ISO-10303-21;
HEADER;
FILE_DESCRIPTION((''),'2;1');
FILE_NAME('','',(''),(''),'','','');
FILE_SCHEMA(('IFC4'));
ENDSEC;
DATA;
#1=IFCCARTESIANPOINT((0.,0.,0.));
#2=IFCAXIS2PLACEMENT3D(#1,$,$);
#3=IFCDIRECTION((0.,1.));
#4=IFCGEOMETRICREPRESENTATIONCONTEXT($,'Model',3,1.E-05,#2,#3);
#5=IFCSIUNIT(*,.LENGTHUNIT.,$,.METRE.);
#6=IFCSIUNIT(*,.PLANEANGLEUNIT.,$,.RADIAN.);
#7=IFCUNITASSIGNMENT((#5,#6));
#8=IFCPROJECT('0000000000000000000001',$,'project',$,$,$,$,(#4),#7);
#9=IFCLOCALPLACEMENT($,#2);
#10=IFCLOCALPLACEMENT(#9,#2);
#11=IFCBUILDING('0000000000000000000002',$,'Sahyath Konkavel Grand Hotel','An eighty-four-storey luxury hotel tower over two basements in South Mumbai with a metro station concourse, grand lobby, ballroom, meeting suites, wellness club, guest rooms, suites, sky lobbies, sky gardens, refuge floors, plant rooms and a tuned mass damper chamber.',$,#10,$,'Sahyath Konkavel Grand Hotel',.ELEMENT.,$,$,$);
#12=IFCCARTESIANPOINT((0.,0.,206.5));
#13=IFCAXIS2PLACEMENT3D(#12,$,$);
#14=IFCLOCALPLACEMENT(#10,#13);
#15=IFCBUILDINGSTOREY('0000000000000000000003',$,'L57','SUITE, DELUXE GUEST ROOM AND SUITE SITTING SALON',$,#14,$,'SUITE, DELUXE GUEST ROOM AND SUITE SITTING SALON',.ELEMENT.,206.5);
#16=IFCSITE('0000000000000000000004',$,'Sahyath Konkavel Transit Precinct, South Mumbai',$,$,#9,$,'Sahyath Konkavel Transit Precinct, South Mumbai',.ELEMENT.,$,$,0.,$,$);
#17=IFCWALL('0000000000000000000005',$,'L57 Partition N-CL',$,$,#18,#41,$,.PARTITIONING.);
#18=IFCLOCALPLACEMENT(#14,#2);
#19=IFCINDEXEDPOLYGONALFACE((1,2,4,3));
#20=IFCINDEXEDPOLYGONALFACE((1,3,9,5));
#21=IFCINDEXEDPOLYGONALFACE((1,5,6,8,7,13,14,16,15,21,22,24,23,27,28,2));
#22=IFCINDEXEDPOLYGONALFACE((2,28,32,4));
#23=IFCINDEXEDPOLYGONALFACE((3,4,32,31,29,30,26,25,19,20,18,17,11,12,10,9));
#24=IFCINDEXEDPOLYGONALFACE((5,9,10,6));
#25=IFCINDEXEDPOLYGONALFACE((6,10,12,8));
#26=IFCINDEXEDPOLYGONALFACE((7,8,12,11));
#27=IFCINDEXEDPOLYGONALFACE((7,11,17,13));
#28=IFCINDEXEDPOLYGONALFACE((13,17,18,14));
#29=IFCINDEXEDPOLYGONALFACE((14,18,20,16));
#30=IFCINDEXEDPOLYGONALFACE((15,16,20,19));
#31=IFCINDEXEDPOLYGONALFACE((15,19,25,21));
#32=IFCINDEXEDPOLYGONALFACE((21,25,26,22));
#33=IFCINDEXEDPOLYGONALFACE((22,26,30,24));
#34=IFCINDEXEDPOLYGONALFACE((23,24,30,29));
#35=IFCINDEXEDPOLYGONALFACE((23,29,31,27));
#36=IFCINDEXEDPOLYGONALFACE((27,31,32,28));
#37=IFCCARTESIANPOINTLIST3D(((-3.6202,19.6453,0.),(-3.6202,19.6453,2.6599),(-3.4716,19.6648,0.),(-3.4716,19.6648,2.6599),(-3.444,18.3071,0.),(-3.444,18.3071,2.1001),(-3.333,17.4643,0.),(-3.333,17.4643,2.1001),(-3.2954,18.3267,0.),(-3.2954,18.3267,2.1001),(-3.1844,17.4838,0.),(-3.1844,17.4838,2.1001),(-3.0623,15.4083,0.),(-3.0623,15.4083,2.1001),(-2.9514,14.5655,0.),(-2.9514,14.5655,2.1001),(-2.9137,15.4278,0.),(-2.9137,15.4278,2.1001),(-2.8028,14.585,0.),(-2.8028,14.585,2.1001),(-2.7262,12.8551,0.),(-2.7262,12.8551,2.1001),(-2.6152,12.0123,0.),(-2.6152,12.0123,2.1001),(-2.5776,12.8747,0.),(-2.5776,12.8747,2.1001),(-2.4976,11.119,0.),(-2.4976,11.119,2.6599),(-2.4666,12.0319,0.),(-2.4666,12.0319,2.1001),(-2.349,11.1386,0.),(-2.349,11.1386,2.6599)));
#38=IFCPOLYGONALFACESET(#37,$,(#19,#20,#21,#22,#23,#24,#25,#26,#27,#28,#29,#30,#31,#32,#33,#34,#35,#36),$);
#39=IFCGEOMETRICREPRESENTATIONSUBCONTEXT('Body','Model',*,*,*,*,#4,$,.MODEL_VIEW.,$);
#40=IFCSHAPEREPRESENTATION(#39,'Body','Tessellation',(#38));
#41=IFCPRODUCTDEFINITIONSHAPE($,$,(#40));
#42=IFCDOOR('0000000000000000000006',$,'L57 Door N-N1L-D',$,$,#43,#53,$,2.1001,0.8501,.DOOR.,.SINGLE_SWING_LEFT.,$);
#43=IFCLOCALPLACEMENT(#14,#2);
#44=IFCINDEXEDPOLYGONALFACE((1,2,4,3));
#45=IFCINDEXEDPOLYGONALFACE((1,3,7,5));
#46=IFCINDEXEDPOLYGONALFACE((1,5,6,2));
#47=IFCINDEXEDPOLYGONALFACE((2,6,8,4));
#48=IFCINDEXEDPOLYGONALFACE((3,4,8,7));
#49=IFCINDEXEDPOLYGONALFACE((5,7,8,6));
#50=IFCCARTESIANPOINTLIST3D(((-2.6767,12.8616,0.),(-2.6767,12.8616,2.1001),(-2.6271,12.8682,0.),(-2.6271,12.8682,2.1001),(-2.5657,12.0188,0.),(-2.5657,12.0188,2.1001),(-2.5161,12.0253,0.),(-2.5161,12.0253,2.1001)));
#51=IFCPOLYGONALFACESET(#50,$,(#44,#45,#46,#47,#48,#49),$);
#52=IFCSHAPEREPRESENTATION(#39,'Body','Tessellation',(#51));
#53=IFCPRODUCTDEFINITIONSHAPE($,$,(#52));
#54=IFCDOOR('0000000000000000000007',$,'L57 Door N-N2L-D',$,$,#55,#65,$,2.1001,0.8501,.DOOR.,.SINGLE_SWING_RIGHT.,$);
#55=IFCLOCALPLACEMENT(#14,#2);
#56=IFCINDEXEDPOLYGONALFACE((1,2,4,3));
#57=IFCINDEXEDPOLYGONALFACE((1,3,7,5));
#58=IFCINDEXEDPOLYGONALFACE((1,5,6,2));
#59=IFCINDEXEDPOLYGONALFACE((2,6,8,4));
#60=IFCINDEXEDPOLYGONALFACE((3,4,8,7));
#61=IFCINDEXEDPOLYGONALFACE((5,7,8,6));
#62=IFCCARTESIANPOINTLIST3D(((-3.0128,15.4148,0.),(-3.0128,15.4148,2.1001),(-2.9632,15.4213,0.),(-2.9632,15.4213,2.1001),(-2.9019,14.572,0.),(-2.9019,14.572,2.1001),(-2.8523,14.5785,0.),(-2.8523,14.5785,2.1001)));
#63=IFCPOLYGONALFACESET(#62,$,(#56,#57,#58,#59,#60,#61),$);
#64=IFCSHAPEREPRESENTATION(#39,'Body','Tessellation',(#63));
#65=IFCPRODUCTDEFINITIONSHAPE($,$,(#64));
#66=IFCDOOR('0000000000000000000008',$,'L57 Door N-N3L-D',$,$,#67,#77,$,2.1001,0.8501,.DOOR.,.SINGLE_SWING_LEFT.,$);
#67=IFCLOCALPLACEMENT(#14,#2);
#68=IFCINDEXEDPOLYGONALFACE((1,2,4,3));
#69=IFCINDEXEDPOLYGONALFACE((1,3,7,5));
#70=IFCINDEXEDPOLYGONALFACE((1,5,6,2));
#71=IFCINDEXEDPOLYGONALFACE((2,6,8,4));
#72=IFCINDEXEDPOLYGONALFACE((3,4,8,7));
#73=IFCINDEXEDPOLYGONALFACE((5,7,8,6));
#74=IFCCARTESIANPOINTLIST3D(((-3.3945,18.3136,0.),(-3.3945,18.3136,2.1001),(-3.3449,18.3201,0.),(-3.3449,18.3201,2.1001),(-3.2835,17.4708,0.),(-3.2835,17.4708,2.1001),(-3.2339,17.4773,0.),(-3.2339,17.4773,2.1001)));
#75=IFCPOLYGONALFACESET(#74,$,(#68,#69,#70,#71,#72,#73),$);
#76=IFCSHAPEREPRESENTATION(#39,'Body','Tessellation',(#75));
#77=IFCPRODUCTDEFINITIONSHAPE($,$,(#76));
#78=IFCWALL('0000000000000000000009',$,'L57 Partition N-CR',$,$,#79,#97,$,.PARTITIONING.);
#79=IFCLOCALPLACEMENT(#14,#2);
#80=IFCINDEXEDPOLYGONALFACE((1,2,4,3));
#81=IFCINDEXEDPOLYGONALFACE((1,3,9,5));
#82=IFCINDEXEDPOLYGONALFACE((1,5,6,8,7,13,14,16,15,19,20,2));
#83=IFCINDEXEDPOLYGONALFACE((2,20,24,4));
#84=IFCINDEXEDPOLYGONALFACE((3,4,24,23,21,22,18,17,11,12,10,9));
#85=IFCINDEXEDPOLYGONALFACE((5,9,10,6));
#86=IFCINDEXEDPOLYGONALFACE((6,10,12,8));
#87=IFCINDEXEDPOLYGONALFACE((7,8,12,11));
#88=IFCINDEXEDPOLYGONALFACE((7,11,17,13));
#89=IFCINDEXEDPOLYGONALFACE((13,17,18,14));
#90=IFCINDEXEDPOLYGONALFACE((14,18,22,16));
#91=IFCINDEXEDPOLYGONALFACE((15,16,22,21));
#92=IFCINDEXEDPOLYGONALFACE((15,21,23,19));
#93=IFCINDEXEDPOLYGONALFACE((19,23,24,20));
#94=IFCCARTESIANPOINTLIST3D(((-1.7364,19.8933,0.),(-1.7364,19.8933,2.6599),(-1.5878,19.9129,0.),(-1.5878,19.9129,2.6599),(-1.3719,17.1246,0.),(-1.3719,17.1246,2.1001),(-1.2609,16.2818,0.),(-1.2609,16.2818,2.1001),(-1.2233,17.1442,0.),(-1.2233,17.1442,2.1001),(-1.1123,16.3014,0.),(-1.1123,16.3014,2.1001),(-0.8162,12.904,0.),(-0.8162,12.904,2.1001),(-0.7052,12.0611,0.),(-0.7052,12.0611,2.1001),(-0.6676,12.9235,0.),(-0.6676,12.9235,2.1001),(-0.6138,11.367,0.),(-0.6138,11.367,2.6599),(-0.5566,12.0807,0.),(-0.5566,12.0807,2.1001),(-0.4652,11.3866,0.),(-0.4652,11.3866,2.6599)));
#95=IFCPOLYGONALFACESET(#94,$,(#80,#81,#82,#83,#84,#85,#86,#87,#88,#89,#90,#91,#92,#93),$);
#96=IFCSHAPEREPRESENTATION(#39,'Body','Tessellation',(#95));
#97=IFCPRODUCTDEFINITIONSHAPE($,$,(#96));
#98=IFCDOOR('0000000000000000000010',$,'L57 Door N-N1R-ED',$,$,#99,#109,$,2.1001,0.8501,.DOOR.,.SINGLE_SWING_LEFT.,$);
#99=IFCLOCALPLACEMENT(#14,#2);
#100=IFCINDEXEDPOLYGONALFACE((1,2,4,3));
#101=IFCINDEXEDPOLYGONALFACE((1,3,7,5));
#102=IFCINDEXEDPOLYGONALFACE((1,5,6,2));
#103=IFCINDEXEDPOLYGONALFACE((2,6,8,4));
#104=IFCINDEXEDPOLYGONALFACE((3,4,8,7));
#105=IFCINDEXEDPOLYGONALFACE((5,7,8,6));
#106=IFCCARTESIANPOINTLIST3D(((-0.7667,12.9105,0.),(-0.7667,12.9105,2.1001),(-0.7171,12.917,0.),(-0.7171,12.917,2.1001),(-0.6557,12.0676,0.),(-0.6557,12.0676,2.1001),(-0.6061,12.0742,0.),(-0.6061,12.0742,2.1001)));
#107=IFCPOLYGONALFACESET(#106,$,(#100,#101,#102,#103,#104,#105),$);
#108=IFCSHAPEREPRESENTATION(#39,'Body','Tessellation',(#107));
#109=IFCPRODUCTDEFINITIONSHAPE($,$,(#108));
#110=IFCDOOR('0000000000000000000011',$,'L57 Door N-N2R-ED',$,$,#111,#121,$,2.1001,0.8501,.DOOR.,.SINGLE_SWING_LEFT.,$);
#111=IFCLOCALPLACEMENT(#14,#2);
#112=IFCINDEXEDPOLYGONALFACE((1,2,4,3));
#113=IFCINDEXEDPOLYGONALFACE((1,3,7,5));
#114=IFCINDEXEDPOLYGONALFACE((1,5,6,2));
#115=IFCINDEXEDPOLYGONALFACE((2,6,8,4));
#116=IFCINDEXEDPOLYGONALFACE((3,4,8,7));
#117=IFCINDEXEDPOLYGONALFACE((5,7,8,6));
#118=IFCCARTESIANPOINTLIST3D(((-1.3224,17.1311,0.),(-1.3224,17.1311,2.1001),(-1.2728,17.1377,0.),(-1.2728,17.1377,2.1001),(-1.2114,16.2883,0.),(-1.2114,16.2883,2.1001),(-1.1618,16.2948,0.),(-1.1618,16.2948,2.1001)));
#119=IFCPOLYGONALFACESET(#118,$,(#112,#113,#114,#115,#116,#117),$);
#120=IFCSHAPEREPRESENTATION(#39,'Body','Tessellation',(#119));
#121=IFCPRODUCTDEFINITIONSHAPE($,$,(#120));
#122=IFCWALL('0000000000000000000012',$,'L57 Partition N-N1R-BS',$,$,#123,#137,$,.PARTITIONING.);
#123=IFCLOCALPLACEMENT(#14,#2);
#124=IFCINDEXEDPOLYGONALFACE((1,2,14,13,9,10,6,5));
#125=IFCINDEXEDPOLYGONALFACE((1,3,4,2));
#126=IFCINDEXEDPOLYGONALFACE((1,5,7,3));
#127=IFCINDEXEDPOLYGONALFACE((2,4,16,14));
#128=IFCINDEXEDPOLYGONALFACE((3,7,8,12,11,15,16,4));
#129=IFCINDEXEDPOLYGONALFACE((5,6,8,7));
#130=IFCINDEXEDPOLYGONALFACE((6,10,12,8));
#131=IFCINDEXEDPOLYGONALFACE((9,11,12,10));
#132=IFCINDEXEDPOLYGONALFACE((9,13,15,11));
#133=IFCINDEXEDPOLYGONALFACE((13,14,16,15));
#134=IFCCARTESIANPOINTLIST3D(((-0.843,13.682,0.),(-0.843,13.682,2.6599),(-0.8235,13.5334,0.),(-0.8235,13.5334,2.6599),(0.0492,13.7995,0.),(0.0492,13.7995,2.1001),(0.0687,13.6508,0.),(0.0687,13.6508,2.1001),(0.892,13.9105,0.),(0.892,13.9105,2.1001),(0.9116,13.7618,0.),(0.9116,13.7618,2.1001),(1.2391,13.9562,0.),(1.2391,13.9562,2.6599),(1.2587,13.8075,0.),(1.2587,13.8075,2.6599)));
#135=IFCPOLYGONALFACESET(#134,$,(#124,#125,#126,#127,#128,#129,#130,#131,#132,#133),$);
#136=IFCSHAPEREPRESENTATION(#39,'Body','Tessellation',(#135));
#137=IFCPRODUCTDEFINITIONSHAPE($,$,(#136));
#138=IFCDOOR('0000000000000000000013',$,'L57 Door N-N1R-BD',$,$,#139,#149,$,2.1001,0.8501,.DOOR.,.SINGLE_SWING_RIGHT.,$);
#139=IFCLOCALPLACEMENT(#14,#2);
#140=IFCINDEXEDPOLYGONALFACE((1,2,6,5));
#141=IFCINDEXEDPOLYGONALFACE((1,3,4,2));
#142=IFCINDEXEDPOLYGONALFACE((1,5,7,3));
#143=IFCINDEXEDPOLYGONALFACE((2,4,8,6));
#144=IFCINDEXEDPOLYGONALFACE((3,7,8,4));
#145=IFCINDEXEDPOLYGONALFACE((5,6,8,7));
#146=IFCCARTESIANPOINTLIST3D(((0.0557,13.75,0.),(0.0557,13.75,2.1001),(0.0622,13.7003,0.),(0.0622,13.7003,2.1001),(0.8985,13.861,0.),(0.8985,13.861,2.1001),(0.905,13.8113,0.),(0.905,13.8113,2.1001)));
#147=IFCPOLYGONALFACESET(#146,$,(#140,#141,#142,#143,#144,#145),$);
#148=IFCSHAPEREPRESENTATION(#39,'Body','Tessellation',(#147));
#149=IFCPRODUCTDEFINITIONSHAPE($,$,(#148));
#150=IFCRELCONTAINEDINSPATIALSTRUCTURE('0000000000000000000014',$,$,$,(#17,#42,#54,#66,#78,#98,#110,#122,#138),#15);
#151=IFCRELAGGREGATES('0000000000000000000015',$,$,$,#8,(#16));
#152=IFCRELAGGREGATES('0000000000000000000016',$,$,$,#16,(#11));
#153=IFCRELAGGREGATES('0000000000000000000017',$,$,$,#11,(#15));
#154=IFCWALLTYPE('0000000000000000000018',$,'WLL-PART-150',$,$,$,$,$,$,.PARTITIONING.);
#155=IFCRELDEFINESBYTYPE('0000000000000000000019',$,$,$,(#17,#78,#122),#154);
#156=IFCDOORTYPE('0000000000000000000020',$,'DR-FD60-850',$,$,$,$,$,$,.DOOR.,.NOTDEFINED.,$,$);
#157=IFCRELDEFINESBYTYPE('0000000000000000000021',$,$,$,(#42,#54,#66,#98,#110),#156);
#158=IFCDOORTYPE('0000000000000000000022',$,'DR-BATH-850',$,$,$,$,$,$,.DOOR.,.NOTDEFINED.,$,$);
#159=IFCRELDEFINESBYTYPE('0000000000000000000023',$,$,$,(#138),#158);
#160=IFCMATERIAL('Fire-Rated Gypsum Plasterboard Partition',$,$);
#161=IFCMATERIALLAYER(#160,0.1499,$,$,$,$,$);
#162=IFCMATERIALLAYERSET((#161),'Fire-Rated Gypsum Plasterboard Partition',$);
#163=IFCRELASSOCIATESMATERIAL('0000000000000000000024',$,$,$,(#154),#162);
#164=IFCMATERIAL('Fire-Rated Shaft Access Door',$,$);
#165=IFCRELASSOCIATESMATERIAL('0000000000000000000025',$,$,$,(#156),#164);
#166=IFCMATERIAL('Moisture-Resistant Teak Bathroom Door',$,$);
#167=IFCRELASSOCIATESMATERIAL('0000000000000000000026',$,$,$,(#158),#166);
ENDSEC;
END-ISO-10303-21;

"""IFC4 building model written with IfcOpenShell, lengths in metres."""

from ifc_helpers import new_model, si_unit, direction, frame, frame_2d, origin, origin_2d, place, context, subcontext, project, spatial, rectangle, extrude, source, transform, mapped, material, layer, layer_set, type_object, element, fill, save


model = new_model("IFC4")

# Units and contexts
model_context = context("Model", 3, precision=1e-05, world=origin(), true_north=direction((0.0, 1.0)))
body_context = subcontext(model_context, "Body", "Model", "MODEL_VIEW")
ifc_project = project(units=[si_unit("LENGTHUNIT", "METRE"), si_unit("PLANEANGLEUNIT", "RADIAN")], contexts=[model_context])

# Site, building, storey
site_placement = place(None, origin())
site = spatial("IfcSite", under=ifc_project, at=site_placement, Name="Sahyath Konkavel Transit Precinct, South Mumbai", LongName="Sahyath Konkavel Transit Precinct, South Mumbai", CompositionType="ELEMENT", RefElevation=0.0)
building_placement = place(site_placement, origin())
building = spatial("IfcBuilding", under=site, at=building_placement, Name="Sahyath Konkavel Grand Hotel", Description="An eighty-four-storey luxury hotel tower over two basements in South Mumbai with a metro station concourse, grand lobby, ballroom, meeting suites, wellness club, guest rooms, suites, sky lobbies, sky gardens, refuge floors, plant rooms and a tuned mass damper chamber.", LongName="Sahyath Konkavel Grand Hotel", CompositionType="ELEMENT")
storey_placement = place(building_placement, frame((0.0, 0.0, 206.5)))
storey = spatial("IfcBuildingStorey", under=building, at=storey_placement, Name="L57", Description="SUITE, DELUXE GUEST ROOM AND SUITE SITTING SALON", LongName="SUITE, DELUXE GUEST ROOM AND SUITE SITTING SALON", CompositionType="ELEMENT", Elevation=206.5)

# Walls, openings, doors
ifc_material_1 = material(Name="Fire-Rated Gypsum Plasterboard Partition")
ifc_layer_1 = layer(ifc_material_1, 0.1499)
ifc_layer_set_1 = layer_set([ifc_layer_1], Name="Fire-Rated Gypsum Plasterboard Partition")
wall_type_1 = type_object("IfcWallType", Name="WLL-PART-150", PredefinedType="PARTITIONING", material=ifc_layer_set_1)
wall_1_placement = place(storey_placement, frame((-2.4233, 11.1289, 0.0), z_axis=(0.0, 0.0, 1.0), x_axis=(-0.130531, 0.991444, 0.0)))
wall_1 = element("IfcWall", 1, at=wall_1_placement, inside=storey, type_object=wall_type_1, Name="L57 Partition N-CL", PredefinedType="PARTITIONING", context=body_context, shape_type="SweptSolid", body=[
    extrude(rectangle(XDim=8.5999, YDim=0.1499, at=frame_2d((4.2998, 0.0))), origin(), (0.0, 0.0, 1.0), 2.6599),
])
opening_1_placement = place(wall_1_placement, frame((0.9009, 0.0, 0.0)))
opening_1 = element("IfcOpeningElement", 2, at=opening_1_placement, cuts=wall_1, PredefinedType="OPENING", context=body_context, shape_type="SweptSolid", body=[
    extrude(rectangle(XDim=0.8501, YDim=2.1001, at=frame_2d((0.425, 1.05))), frame((0.0, 0.085, 0.0), z_axis=(0.0, -1.0, 0.0), x_axis=(1.0, 0.0, 0.0)), (0.0, 0.0, 1.0), 0.1699),
])
opening_2_placement = place(wall_1_placement, frame((3.4761, 0.0, 0.0)))
opening_2 = element("IfcOpeningElement", 3, at=opening_2_placement, cuts=wall_1, PredefinedType="OPENING", context=body_context, shape_type="SweptSolid", body=[
    extrude(rectangle(XDim=0.8501, YDim=2.1001, at=frame_2d((0.425, 1.05))), frame((0.0, 0.085, 0.0), z_axis=(0.0, -1.0, 0.0), x_axis=(1.0, 0.0, 0.0)), (0.0, 0.0, 1.0), 0.1699),
])
opening_3_placement = place(wall_1_placement, frame((6.3999, 0.0, 0.0)))
opening_3 = element("IfcOpeningElement", 4, at=opening_3_placement, cuts=wall_1, PredefinedType="OPENING", context=body_context, shape_type="SweptSolid", body=[
    extrude(rectangle(XDim=0.8501, YDim=2.1001, at=frame_2d((0.425, 1.05))), frame((0.0, 0.085, 0.0), z_axis=(0.0, -1.0, 0.0), x_axis=(1.0, 0.0, 0.0)), (0.0, 0.0, 1.0), 0.1699),
])
ifc_material_2 = material(Name="Fire-Rated Shaft Access Door")
door_type_1 = type_object("IfcDoorType", Name="DR-FD60-850", OperationType="NOTDEFINED", PredefinedType="DOOR", material=ifc_material_2)
shared_shape_1 = source(origin(), body_context, "Body", "SweptSolid", [
    extrude(rectangle(XDim=0.8501, YDim=0.05, at=origin_2d()), origin(), (0.0, 0.0, 1.0), 2.1001),
])
door_1_placement = place(opening_1_placement, frame((0.425, 0.0, 0.0)))
door_1 = element("IfcDoor", 5, at=door_1_placement, inside=storey, type_object=door_type_1, Name="L57 Door N-N1L-D", OperationType="SINGLE_SWING_LEFT", OverallHeight=2.1001, OverallWidth=0.8501, PredefinedType="DOOR", context=body_context, shape_type="MappedRepresentation", body=[
    mapped(shared_shape_1, transform((0.0, 0.0, 0.0), scale=1.0)),
])
fill(opening_1, door_1)
door_2_placement = place(opening_2_placement, frame((0.425, 0.0, 0.0)))
door_2 = element("IfcDoor", 6, at=door_2_placement, inside=storey, type_object=door_type_1, Name="L57 Door N-N2L-D", OperationType="SINGLE_SWING_RIGHT", OverallHeight=2.1001, OverallWidth=0.8501, PredefinedType="DOOR", context=body_context, shape_type="MappedRepresentation", body=[
    mapped(shared_shape_1, transform((0.0, 0.0, 0.0), scale=1.0)),
])
fill(opening_2, door_2)
door_3_placement = place(opening_3_placement, frame((0.425, 0.0, 0.0)))
door_3 = element("IfcDoor", 7, at=door_3_placement, inside=storey, type_object=door_type_1, Name="L57 Door N-N3L-D", OperationType="SINGLE_SWING_LEFT", OverallHeight=2.1001, OverallWidth=0.8501, PredefinedType="DOOR", context=body_context, shape_type="MappedRepresentation", body=[
    mapped(shared_shape_1, transform((0.0, 0.0, 0.0), scale=1.0)),
])
fill(opening_3, door_3)
wall_2_placement = place(storey_placement, frame((-0.5396, 11.377, 0.0), z_axis=(0.0, 0.0, 1.0), x_axis=(-0.130531, 0.991444, 0.0)))
wall_2 = element("IfcWall", 8, at=wall_2_placement, inside=storey, type_object=wall_type_1, Name="L57 Partition N-CR", PredefinedType="PARTITIONING", context=body_context, shape_type="SweptSolid", body=[
    extrude(rectangle(XDim=8.5999, YDim=0.1499, at=frame_2d((4.2998, 0.0))), origin(), (0.0, 0.0, 1.0), 2.6599),
])
opening_4_placement = place(wall_2_placement, frame((0.7, 0.0, 0.0)))
opening_4 = element("IfcOpeningElement", 9, at=opening_4_placement, cuts=wall_2, PredefinedType="OPENING", context=body_context, shape_type="SweptSolid", body=[
    extrude(rectangle(XDim=0.8501, YDim=2.1001, at=frame_2d((0.425, 1.05))), frame((0.0, 0.085, 0.0), z_axis=(0.0, -1.0, 0.0), x_axis=(1.0, 0.0, 0.0)), (0.0, 0.0, 1.0), 0.1699),
])
opening_5_placement = place(wall_2_placement, frame((4.957, 0.0, 0.0)))
opening_5 = element("IfcOpeningElement", 10, at=opening_5_placement, cuts=wall_2, PredefinedType="OPENING", context=body_context, shape_type="SweptSolid", body=[
    extrude(rectangle(XDim=0.8501, YDim=2.1001, at=frame_2d((0.425, 1.05))), frame((0.0, 0.085, 0.0), z_axis=(0.0, -1.0, 0.0), x_axis=(1.0, 0.0, 0.0)), (0.0, 0.0, 1.0), 0.1699),
])
door_4_placement = place(opening_4_placement, frame((0.425, 0.0, 0.0)))
door_4 = element("IfcDoor", 11, at=door_4_placement, inside=storey, type_object=door_type_1, Name="L57 Door N-N1R-ED", OperationType="SINGLE_SWING_LEFT", OverallHeight=2.1001, OverallWidth=0.8501, PredefinedType="DOOR", context=body_context, shape_type="MappedRepresentation", body=[
    mapped(shared_shape_1, transform((0.0, 0.0, 0.0), scale=1.0)),
])
fill(opening_4, door_4)
door_5_placement = place(opening_5_placement, frame((0.425, 0.0, 0.0)))
door_5 = element("IfcDoor", 12, at=door_5_placement, inside=storey, type_object=door_type_1, Name="L57 Door N-N2R-ED", OperationType="SINGLE_SWING_LEFT", OverallHeight=2.1001, OverallWidth=0.8501, PredefinedType="DOOR", context=body_context, shape_type="MappedRepresentation", body=[
    mapped(shared_shape_1, transform((0.0, 0.0, 0.0), scale=1.0)),
])
fill(opening_5, door_5)

# Wall, opening, door
wall_3_placement = place(storey_placement, frame((-0.8333, 13.6077, 0.0), z_axis=(0.0, 0.0, 1.0), x_axis=(0.991441, 0.130557, 0.0)))
wall_3 = element("IfcWall", 13, at=wall_3_placement, inside=storey, type_object=wall_type_1, Name="L57 Partition N-N1R-BS", PredefinedType="PARTITIONING", context=body_context, shape_type="SweptSolid", body=[
    extrude(rectangle(XDim=2.1001, YDim=0.1499, at=frame_2d((1.05, 0.0))), origin(), (0.0, 0.0, 1.0), 2.6599),
])
opening_6_placement = place(wall_3_placement, frame((0.8999, 0.0, 0.0)))
opening_6 = element("IfcOpeningElement", 14, at=opening_6_placement, cuts=wall_3, PredefinedType="OPENING", context=body_context, shape_type="SweptSolid", body=[
    extrude(rectangle(XDim=0.8501, YDim=2.1001, at=frame_2d((0.425, 1.05))), frame((0.0, 0.085, 0.0), z_axis=(0.0, -1.0, 0.0), x_axis=(1.0, 0.0, 0.0)), (0.0, 0.0, 1.0), 0.1699),
])
ifc_material_3 = material(Name="Moisture-Resistant Teak Bathroom Door")
door_type_2 = type_object("IfcDoorType", Name="DR-BATH-850", OperationType="NOTDEFINED", PredefinedType="DOOR", material=ifc_material_3)
door_6_placement = place(opening_6_placement, frame((0.425, 0.0, 0.0)))
door_6 = element("IfcDoor", 15, at=door_6_placement, inside=storey, type_object=door_type_2, Name="L57 Door N-N1R-BD", OperationType="SINGLE_SWING_RIGHT", OverallHeight=2.1001, OverallWidth=0.8501, PredefinedType="DOOR", context=body_context, shape_type="MappedRepresentation", body=[
    mapped(shared_shape_1, transform((0.0, 0.0, 0.0), scale=1.0)),
])
fill(opening_6, door_6)

save(model, "model.ifc")
